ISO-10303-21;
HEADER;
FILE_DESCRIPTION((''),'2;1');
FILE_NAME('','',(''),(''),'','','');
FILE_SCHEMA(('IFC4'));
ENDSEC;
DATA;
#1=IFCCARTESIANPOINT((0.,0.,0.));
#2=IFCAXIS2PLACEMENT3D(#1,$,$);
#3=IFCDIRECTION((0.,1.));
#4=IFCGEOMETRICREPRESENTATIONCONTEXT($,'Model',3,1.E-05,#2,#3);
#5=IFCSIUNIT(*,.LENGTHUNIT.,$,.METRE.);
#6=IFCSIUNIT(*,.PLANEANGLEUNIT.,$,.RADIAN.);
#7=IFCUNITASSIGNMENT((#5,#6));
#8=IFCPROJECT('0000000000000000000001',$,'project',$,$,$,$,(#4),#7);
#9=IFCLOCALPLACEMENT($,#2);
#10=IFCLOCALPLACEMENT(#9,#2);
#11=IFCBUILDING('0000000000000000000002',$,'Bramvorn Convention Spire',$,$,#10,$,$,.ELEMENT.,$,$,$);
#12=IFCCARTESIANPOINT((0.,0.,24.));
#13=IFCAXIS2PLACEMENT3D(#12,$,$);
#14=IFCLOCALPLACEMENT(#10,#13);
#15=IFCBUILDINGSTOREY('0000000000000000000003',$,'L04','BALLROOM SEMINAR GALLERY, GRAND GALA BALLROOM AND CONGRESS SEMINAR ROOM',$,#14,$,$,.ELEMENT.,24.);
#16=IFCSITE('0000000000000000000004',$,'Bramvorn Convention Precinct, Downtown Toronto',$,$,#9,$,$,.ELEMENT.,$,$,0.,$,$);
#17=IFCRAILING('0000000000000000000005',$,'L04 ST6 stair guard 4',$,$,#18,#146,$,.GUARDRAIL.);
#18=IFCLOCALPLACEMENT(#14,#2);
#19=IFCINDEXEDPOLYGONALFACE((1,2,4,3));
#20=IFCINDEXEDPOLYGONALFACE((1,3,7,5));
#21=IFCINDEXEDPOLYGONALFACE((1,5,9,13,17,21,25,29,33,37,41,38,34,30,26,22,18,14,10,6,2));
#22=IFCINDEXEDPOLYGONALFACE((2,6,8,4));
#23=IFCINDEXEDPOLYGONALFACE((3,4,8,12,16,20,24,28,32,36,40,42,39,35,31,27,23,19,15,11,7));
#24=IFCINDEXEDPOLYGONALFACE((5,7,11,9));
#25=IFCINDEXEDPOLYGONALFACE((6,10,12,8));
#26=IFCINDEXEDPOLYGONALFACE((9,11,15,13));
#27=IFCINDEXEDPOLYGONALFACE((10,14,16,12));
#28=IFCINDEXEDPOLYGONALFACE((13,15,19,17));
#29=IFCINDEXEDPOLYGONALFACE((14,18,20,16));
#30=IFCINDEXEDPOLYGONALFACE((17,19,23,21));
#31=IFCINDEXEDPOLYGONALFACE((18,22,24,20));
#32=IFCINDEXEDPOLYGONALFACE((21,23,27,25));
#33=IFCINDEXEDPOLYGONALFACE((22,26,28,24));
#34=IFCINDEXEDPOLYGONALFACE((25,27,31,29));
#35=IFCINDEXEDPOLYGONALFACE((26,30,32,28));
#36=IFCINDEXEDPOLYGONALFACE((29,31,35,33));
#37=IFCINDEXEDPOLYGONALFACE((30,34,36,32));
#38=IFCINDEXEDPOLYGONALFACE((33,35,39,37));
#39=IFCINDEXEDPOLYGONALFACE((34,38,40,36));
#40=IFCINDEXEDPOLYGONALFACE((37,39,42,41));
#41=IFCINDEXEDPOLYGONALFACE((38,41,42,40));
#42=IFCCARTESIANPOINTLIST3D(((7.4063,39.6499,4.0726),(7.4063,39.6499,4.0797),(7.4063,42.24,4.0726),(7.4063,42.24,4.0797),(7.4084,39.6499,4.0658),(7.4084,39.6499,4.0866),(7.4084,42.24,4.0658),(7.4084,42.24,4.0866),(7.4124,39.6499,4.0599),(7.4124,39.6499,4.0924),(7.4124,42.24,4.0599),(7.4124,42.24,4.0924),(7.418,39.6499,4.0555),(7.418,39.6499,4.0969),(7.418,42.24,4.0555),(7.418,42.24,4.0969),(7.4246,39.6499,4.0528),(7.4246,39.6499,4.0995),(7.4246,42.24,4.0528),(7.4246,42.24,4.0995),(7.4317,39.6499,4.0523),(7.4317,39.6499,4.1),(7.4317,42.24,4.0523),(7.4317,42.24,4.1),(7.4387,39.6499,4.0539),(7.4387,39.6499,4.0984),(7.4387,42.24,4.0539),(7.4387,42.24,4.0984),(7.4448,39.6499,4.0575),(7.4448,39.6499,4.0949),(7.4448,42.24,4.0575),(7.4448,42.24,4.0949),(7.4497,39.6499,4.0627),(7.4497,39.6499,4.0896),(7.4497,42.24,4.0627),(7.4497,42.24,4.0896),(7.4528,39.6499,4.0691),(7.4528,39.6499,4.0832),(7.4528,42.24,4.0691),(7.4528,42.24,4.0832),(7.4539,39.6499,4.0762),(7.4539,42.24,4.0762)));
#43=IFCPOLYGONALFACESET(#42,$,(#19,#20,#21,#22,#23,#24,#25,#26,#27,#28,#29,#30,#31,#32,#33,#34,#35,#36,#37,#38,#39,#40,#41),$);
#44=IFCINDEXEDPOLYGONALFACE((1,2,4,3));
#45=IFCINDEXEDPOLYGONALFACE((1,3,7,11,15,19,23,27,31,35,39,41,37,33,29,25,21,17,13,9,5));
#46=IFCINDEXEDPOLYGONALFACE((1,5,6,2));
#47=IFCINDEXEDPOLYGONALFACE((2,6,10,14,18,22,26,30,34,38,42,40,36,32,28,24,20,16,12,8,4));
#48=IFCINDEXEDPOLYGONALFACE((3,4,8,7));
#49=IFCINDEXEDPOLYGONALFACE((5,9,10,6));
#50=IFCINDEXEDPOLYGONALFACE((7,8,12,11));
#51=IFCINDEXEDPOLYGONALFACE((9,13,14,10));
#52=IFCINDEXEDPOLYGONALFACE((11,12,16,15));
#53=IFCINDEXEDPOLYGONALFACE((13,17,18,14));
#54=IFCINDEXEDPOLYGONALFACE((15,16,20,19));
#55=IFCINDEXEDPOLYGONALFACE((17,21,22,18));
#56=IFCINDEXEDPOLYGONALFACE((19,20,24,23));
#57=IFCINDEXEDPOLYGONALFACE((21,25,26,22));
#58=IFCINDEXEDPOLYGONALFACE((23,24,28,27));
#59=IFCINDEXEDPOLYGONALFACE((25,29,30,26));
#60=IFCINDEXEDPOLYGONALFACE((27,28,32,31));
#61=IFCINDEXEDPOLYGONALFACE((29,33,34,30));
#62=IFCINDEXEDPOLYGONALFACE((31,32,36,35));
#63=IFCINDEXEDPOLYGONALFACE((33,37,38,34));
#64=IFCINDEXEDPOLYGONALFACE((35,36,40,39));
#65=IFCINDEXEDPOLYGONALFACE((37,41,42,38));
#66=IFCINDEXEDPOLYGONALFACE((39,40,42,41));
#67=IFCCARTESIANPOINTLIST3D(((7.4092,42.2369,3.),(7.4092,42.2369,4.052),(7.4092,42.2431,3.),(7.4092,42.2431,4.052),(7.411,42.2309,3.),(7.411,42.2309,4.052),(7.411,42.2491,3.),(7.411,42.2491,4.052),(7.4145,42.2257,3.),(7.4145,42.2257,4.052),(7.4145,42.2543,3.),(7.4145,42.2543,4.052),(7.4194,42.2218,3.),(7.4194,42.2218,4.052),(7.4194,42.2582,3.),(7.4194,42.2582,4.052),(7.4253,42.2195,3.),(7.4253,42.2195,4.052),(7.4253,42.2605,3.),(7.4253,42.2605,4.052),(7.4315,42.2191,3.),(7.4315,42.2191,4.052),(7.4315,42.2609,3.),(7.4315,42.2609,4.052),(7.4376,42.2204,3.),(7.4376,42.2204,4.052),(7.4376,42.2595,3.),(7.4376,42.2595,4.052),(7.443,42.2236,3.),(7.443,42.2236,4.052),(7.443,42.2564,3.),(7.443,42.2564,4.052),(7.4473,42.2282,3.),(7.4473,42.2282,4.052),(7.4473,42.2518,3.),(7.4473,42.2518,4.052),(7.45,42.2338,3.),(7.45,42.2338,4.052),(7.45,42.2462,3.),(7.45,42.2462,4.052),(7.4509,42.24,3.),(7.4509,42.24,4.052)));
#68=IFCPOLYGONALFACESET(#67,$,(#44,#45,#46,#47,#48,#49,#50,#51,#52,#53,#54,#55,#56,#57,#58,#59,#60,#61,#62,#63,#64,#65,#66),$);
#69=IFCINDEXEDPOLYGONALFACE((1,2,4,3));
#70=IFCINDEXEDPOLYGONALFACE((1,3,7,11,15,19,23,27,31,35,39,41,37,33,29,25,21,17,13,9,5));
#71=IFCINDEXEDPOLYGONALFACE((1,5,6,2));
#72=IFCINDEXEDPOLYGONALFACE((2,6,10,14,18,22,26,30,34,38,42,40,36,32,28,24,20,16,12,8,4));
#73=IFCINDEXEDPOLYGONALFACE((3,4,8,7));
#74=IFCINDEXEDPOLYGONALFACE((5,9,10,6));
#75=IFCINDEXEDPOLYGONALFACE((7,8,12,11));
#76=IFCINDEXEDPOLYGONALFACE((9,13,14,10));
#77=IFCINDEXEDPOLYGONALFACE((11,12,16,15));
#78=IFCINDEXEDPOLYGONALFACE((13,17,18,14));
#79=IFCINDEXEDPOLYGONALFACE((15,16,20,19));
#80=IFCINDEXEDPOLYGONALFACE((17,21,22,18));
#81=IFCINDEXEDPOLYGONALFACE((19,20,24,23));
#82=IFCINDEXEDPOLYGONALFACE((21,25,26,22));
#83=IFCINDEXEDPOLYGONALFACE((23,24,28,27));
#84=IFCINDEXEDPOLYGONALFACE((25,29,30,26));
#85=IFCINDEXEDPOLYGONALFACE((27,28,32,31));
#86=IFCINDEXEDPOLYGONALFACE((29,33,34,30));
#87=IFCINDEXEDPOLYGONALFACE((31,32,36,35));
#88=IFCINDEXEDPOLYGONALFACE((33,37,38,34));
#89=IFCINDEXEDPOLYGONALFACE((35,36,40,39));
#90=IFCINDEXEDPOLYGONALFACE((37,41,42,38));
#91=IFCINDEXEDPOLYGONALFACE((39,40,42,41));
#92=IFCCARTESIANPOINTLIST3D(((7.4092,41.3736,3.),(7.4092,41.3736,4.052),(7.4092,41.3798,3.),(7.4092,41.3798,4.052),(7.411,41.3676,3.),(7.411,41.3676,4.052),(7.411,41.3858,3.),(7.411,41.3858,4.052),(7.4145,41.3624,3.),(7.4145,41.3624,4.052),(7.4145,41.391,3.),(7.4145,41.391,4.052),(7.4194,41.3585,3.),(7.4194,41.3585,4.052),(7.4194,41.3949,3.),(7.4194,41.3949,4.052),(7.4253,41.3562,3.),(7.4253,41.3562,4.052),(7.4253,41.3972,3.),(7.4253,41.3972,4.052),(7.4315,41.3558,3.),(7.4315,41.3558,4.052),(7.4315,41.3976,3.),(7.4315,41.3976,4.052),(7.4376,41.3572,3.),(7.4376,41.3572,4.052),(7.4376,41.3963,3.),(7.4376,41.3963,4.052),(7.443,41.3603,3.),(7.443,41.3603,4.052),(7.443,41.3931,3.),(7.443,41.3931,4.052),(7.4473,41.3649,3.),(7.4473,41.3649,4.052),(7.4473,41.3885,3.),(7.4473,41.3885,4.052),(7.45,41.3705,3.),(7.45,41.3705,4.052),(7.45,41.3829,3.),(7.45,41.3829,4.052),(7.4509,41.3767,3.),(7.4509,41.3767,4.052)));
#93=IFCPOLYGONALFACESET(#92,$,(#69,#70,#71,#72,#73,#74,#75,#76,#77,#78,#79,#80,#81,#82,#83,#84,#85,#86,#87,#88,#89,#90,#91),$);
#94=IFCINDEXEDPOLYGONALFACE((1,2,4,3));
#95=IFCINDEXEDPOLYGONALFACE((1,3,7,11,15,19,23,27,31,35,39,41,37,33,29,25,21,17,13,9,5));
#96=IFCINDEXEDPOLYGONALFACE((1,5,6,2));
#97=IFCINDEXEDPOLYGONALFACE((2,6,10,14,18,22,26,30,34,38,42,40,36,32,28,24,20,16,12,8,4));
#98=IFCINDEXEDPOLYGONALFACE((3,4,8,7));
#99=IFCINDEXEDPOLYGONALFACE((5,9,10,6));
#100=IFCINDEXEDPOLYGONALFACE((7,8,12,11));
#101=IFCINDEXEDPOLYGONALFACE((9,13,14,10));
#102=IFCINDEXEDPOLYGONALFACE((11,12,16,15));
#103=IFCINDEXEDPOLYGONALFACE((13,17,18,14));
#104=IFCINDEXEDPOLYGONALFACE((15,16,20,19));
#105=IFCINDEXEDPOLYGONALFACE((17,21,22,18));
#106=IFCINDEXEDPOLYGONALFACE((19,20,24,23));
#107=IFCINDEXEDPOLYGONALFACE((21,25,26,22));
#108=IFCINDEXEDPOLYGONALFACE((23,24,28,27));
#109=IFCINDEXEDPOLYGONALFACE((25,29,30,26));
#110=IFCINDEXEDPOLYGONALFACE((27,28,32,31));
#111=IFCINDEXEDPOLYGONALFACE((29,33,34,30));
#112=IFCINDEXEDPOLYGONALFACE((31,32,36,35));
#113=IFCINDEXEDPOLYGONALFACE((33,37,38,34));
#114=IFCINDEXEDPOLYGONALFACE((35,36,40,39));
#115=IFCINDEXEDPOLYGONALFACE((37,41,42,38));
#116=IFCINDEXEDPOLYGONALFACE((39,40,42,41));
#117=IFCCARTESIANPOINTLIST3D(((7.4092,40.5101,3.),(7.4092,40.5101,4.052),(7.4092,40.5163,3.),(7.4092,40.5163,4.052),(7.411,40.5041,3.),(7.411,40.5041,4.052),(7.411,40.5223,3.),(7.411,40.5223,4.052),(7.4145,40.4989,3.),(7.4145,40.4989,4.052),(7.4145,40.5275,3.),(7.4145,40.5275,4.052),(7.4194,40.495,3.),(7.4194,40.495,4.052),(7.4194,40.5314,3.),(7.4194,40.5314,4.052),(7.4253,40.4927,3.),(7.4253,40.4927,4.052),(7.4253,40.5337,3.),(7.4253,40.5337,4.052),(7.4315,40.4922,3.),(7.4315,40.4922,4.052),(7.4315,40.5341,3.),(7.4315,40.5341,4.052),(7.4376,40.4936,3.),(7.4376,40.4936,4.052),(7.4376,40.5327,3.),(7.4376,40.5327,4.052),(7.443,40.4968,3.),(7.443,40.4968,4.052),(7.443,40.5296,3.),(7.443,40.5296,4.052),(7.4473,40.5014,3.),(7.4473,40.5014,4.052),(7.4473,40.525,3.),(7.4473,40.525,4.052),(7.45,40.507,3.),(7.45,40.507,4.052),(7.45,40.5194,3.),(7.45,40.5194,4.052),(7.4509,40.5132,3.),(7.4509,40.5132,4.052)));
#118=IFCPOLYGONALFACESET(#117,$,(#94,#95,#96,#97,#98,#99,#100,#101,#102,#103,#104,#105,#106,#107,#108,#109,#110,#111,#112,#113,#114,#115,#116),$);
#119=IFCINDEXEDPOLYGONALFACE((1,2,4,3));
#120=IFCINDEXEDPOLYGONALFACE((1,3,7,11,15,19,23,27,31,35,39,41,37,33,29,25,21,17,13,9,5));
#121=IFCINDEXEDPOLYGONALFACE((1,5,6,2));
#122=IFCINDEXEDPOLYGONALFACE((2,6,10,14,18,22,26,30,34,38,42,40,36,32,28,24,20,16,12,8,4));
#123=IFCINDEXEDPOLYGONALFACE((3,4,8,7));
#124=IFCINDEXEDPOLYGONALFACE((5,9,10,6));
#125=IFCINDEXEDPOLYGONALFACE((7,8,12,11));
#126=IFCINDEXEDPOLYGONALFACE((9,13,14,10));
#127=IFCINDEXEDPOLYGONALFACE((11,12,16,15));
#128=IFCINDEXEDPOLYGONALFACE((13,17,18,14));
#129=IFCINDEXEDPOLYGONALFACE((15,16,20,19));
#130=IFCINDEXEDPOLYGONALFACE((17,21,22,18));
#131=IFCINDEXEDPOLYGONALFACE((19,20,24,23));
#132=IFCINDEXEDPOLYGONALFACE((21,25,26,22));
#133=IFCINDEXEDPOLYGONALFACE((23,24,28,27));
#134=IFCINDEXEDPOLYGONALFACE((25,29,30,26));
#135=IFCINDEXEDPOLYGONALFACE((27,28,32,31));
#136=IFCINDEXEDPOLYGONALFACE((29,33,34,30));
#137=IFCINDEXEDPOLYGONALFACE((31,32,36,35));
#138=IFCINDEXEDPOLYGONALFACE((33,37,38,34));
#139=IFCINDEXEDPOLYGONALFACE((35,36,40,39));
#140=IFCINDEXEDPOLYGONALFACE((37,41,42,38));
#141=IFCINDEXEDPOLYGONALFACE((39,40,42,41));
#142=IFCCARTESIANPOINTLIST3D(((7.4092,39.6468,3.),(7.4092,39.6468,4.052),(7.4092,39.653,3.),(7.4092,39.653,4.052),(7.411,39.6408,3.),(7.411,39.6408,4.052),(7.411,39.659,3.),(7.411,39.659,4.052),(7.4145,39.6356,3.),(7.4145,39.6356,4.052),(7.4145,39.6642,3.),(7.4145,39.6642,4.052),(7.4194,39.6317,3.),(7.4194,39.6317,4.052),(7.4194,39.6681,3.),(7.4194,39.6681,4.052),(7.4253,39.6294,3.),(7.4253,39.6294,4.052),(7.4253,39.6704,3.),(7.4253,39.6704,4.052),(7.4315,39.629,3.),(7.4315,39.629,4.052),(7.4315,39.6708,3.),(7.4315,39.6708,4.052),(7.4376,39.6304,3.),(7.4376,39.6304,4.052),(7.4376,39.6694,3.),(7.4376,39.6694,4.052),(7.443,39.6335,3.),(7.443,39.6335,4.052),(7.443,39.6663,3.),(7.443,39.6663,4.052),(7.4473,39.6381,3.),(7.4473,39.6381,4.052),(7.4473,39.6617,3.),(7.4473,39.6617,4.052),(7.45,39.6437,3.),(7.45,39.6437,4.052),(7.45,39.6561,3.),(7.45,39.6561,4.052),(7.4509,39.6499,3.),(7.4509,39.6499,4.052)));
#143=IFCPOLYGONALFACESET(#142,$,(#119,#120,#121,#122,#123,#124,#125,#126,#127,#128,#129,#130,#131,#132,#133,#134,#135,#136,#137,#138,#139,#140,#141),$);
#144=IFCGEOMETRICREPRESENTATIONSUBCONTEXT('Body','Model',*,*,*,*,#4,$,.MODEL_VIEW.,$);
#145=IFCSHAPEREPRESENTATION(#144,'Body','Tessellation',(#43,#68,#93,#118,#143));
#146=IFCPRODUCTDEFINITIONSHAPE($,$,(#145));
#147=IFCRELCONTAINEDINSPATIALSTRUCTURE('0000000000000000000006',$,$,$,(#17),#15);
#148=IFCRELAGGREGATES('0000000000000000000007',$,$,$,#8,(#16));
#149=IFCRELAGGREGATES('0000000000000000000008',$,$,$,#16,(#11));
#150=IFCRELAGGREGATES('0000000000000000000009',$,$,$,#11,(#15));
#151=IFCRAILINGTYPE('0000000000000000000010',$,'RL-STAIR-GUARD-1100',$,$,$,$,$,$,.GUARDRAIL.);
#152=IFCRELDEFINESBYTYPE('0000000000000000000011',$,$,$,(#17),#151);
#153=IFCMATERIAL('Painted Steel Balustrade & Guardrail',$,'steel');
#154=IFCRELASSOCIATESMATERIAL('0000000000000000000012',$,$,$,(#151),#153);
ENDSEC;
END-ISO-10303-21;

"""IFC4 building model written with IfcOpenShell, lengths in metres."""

from ifc_helpers import new_model, si_unit, direction, frame, origin, origin_2d, place, context, subcontext, project, spatial, circle, extrude, material, type_object, element, save


model = new_model("IFC4")

# Units and contexts
model_context = context("Model", 3, precision=1e-05, world=origin(), true_north=direction((0.0, 1.0)))
body_context = subcontext(model_context, "Body", "Model", "MODEL_VIEW")
ifc_project = project(units=[si_unit("LENGTHUNIT", "METRE"), si_unit("PLANEANGLEUNIT", "RADIAN")], contexts=[model_context])

# Site, building, storey
site_placement = place(None, origin())
site = spatial("IfcSite", under=ifc_project, at=site_placement, Name="Bramvorn Convention Precinct, Downtown Toronto", CompositionType="ELEMENT", RefElevation=0.0)
building_placement = place(site_placement, origin())
building = spatial("IfcBuilding", under=site, at=building_placement, Name="Bramvorn Convention Spire", CompositionType="ELEMENT")
storey_placement = place(building_placement, frame((0.0, 0.0, 24.0)))
storey = spatial("IfcBuildingStorey", under=building, at=storey_placement, Name="L04", Description="BALLROOM SEMINAR GALLERY, GRAND GALA BALLROOM AND CONGRESS SEMINAR ROOM", CompositionType="ELEMENT", Elevation=24.0)

# Railing
ifc_material_1 = material(Name="Painted Steel Balustrade & Guardrail", Category="steel")
railing_type_1 = type_object("IfcRailingType", Name="RL-STAIR-GUARD-1100", PredefinedType="GUARDRAIL", material=ifc_material_1)
for number, where, name in (
    (1, (7.4299, 42.24, 3.0), "L04 ST6 stair guard 4"),
):
    element("IfcRailing", number, at=place(storey_placement, frame(where)), inside=storey, type_object=railing_type_1, Name=name, PredefinedType="GUARDRAIL", context=body_context, shape_type="SweptSolid", body=[
        extrude(circle(Radius=0.0239, at=origin_2d()), frame((0.0, 0.0, 1.0762), z_axis=(0.0, -1.0, 0.0), x_axis=(1.0, 0.0, 0.0)), (0.0, 0.0, 1.0), 2.5901),
        extrude(circle(Radius=0.021, at=origin_2d()), origin(), (0.0, 0.0, 1.0), 1.052),
        extrude(circle(Radius=0.021, at=origin_2d()), frame((0.0, -0.8633, 0.0)), (0.0, 0.0, 1.0), 1.052),
        extrude(circle(Radius=0.021, at=origin_2d()), frame((0.0, -1.7268, 0.0)), (0.0, 0.0, 1.0), 1.052),
        extrude(circle(Radius=0.021, at=origin_2d()), frame((0.0, -2.5901, 0.0)), (0.0, 0.0, 1.0), 1.052),
    ])

save(model, "model.ifc")
